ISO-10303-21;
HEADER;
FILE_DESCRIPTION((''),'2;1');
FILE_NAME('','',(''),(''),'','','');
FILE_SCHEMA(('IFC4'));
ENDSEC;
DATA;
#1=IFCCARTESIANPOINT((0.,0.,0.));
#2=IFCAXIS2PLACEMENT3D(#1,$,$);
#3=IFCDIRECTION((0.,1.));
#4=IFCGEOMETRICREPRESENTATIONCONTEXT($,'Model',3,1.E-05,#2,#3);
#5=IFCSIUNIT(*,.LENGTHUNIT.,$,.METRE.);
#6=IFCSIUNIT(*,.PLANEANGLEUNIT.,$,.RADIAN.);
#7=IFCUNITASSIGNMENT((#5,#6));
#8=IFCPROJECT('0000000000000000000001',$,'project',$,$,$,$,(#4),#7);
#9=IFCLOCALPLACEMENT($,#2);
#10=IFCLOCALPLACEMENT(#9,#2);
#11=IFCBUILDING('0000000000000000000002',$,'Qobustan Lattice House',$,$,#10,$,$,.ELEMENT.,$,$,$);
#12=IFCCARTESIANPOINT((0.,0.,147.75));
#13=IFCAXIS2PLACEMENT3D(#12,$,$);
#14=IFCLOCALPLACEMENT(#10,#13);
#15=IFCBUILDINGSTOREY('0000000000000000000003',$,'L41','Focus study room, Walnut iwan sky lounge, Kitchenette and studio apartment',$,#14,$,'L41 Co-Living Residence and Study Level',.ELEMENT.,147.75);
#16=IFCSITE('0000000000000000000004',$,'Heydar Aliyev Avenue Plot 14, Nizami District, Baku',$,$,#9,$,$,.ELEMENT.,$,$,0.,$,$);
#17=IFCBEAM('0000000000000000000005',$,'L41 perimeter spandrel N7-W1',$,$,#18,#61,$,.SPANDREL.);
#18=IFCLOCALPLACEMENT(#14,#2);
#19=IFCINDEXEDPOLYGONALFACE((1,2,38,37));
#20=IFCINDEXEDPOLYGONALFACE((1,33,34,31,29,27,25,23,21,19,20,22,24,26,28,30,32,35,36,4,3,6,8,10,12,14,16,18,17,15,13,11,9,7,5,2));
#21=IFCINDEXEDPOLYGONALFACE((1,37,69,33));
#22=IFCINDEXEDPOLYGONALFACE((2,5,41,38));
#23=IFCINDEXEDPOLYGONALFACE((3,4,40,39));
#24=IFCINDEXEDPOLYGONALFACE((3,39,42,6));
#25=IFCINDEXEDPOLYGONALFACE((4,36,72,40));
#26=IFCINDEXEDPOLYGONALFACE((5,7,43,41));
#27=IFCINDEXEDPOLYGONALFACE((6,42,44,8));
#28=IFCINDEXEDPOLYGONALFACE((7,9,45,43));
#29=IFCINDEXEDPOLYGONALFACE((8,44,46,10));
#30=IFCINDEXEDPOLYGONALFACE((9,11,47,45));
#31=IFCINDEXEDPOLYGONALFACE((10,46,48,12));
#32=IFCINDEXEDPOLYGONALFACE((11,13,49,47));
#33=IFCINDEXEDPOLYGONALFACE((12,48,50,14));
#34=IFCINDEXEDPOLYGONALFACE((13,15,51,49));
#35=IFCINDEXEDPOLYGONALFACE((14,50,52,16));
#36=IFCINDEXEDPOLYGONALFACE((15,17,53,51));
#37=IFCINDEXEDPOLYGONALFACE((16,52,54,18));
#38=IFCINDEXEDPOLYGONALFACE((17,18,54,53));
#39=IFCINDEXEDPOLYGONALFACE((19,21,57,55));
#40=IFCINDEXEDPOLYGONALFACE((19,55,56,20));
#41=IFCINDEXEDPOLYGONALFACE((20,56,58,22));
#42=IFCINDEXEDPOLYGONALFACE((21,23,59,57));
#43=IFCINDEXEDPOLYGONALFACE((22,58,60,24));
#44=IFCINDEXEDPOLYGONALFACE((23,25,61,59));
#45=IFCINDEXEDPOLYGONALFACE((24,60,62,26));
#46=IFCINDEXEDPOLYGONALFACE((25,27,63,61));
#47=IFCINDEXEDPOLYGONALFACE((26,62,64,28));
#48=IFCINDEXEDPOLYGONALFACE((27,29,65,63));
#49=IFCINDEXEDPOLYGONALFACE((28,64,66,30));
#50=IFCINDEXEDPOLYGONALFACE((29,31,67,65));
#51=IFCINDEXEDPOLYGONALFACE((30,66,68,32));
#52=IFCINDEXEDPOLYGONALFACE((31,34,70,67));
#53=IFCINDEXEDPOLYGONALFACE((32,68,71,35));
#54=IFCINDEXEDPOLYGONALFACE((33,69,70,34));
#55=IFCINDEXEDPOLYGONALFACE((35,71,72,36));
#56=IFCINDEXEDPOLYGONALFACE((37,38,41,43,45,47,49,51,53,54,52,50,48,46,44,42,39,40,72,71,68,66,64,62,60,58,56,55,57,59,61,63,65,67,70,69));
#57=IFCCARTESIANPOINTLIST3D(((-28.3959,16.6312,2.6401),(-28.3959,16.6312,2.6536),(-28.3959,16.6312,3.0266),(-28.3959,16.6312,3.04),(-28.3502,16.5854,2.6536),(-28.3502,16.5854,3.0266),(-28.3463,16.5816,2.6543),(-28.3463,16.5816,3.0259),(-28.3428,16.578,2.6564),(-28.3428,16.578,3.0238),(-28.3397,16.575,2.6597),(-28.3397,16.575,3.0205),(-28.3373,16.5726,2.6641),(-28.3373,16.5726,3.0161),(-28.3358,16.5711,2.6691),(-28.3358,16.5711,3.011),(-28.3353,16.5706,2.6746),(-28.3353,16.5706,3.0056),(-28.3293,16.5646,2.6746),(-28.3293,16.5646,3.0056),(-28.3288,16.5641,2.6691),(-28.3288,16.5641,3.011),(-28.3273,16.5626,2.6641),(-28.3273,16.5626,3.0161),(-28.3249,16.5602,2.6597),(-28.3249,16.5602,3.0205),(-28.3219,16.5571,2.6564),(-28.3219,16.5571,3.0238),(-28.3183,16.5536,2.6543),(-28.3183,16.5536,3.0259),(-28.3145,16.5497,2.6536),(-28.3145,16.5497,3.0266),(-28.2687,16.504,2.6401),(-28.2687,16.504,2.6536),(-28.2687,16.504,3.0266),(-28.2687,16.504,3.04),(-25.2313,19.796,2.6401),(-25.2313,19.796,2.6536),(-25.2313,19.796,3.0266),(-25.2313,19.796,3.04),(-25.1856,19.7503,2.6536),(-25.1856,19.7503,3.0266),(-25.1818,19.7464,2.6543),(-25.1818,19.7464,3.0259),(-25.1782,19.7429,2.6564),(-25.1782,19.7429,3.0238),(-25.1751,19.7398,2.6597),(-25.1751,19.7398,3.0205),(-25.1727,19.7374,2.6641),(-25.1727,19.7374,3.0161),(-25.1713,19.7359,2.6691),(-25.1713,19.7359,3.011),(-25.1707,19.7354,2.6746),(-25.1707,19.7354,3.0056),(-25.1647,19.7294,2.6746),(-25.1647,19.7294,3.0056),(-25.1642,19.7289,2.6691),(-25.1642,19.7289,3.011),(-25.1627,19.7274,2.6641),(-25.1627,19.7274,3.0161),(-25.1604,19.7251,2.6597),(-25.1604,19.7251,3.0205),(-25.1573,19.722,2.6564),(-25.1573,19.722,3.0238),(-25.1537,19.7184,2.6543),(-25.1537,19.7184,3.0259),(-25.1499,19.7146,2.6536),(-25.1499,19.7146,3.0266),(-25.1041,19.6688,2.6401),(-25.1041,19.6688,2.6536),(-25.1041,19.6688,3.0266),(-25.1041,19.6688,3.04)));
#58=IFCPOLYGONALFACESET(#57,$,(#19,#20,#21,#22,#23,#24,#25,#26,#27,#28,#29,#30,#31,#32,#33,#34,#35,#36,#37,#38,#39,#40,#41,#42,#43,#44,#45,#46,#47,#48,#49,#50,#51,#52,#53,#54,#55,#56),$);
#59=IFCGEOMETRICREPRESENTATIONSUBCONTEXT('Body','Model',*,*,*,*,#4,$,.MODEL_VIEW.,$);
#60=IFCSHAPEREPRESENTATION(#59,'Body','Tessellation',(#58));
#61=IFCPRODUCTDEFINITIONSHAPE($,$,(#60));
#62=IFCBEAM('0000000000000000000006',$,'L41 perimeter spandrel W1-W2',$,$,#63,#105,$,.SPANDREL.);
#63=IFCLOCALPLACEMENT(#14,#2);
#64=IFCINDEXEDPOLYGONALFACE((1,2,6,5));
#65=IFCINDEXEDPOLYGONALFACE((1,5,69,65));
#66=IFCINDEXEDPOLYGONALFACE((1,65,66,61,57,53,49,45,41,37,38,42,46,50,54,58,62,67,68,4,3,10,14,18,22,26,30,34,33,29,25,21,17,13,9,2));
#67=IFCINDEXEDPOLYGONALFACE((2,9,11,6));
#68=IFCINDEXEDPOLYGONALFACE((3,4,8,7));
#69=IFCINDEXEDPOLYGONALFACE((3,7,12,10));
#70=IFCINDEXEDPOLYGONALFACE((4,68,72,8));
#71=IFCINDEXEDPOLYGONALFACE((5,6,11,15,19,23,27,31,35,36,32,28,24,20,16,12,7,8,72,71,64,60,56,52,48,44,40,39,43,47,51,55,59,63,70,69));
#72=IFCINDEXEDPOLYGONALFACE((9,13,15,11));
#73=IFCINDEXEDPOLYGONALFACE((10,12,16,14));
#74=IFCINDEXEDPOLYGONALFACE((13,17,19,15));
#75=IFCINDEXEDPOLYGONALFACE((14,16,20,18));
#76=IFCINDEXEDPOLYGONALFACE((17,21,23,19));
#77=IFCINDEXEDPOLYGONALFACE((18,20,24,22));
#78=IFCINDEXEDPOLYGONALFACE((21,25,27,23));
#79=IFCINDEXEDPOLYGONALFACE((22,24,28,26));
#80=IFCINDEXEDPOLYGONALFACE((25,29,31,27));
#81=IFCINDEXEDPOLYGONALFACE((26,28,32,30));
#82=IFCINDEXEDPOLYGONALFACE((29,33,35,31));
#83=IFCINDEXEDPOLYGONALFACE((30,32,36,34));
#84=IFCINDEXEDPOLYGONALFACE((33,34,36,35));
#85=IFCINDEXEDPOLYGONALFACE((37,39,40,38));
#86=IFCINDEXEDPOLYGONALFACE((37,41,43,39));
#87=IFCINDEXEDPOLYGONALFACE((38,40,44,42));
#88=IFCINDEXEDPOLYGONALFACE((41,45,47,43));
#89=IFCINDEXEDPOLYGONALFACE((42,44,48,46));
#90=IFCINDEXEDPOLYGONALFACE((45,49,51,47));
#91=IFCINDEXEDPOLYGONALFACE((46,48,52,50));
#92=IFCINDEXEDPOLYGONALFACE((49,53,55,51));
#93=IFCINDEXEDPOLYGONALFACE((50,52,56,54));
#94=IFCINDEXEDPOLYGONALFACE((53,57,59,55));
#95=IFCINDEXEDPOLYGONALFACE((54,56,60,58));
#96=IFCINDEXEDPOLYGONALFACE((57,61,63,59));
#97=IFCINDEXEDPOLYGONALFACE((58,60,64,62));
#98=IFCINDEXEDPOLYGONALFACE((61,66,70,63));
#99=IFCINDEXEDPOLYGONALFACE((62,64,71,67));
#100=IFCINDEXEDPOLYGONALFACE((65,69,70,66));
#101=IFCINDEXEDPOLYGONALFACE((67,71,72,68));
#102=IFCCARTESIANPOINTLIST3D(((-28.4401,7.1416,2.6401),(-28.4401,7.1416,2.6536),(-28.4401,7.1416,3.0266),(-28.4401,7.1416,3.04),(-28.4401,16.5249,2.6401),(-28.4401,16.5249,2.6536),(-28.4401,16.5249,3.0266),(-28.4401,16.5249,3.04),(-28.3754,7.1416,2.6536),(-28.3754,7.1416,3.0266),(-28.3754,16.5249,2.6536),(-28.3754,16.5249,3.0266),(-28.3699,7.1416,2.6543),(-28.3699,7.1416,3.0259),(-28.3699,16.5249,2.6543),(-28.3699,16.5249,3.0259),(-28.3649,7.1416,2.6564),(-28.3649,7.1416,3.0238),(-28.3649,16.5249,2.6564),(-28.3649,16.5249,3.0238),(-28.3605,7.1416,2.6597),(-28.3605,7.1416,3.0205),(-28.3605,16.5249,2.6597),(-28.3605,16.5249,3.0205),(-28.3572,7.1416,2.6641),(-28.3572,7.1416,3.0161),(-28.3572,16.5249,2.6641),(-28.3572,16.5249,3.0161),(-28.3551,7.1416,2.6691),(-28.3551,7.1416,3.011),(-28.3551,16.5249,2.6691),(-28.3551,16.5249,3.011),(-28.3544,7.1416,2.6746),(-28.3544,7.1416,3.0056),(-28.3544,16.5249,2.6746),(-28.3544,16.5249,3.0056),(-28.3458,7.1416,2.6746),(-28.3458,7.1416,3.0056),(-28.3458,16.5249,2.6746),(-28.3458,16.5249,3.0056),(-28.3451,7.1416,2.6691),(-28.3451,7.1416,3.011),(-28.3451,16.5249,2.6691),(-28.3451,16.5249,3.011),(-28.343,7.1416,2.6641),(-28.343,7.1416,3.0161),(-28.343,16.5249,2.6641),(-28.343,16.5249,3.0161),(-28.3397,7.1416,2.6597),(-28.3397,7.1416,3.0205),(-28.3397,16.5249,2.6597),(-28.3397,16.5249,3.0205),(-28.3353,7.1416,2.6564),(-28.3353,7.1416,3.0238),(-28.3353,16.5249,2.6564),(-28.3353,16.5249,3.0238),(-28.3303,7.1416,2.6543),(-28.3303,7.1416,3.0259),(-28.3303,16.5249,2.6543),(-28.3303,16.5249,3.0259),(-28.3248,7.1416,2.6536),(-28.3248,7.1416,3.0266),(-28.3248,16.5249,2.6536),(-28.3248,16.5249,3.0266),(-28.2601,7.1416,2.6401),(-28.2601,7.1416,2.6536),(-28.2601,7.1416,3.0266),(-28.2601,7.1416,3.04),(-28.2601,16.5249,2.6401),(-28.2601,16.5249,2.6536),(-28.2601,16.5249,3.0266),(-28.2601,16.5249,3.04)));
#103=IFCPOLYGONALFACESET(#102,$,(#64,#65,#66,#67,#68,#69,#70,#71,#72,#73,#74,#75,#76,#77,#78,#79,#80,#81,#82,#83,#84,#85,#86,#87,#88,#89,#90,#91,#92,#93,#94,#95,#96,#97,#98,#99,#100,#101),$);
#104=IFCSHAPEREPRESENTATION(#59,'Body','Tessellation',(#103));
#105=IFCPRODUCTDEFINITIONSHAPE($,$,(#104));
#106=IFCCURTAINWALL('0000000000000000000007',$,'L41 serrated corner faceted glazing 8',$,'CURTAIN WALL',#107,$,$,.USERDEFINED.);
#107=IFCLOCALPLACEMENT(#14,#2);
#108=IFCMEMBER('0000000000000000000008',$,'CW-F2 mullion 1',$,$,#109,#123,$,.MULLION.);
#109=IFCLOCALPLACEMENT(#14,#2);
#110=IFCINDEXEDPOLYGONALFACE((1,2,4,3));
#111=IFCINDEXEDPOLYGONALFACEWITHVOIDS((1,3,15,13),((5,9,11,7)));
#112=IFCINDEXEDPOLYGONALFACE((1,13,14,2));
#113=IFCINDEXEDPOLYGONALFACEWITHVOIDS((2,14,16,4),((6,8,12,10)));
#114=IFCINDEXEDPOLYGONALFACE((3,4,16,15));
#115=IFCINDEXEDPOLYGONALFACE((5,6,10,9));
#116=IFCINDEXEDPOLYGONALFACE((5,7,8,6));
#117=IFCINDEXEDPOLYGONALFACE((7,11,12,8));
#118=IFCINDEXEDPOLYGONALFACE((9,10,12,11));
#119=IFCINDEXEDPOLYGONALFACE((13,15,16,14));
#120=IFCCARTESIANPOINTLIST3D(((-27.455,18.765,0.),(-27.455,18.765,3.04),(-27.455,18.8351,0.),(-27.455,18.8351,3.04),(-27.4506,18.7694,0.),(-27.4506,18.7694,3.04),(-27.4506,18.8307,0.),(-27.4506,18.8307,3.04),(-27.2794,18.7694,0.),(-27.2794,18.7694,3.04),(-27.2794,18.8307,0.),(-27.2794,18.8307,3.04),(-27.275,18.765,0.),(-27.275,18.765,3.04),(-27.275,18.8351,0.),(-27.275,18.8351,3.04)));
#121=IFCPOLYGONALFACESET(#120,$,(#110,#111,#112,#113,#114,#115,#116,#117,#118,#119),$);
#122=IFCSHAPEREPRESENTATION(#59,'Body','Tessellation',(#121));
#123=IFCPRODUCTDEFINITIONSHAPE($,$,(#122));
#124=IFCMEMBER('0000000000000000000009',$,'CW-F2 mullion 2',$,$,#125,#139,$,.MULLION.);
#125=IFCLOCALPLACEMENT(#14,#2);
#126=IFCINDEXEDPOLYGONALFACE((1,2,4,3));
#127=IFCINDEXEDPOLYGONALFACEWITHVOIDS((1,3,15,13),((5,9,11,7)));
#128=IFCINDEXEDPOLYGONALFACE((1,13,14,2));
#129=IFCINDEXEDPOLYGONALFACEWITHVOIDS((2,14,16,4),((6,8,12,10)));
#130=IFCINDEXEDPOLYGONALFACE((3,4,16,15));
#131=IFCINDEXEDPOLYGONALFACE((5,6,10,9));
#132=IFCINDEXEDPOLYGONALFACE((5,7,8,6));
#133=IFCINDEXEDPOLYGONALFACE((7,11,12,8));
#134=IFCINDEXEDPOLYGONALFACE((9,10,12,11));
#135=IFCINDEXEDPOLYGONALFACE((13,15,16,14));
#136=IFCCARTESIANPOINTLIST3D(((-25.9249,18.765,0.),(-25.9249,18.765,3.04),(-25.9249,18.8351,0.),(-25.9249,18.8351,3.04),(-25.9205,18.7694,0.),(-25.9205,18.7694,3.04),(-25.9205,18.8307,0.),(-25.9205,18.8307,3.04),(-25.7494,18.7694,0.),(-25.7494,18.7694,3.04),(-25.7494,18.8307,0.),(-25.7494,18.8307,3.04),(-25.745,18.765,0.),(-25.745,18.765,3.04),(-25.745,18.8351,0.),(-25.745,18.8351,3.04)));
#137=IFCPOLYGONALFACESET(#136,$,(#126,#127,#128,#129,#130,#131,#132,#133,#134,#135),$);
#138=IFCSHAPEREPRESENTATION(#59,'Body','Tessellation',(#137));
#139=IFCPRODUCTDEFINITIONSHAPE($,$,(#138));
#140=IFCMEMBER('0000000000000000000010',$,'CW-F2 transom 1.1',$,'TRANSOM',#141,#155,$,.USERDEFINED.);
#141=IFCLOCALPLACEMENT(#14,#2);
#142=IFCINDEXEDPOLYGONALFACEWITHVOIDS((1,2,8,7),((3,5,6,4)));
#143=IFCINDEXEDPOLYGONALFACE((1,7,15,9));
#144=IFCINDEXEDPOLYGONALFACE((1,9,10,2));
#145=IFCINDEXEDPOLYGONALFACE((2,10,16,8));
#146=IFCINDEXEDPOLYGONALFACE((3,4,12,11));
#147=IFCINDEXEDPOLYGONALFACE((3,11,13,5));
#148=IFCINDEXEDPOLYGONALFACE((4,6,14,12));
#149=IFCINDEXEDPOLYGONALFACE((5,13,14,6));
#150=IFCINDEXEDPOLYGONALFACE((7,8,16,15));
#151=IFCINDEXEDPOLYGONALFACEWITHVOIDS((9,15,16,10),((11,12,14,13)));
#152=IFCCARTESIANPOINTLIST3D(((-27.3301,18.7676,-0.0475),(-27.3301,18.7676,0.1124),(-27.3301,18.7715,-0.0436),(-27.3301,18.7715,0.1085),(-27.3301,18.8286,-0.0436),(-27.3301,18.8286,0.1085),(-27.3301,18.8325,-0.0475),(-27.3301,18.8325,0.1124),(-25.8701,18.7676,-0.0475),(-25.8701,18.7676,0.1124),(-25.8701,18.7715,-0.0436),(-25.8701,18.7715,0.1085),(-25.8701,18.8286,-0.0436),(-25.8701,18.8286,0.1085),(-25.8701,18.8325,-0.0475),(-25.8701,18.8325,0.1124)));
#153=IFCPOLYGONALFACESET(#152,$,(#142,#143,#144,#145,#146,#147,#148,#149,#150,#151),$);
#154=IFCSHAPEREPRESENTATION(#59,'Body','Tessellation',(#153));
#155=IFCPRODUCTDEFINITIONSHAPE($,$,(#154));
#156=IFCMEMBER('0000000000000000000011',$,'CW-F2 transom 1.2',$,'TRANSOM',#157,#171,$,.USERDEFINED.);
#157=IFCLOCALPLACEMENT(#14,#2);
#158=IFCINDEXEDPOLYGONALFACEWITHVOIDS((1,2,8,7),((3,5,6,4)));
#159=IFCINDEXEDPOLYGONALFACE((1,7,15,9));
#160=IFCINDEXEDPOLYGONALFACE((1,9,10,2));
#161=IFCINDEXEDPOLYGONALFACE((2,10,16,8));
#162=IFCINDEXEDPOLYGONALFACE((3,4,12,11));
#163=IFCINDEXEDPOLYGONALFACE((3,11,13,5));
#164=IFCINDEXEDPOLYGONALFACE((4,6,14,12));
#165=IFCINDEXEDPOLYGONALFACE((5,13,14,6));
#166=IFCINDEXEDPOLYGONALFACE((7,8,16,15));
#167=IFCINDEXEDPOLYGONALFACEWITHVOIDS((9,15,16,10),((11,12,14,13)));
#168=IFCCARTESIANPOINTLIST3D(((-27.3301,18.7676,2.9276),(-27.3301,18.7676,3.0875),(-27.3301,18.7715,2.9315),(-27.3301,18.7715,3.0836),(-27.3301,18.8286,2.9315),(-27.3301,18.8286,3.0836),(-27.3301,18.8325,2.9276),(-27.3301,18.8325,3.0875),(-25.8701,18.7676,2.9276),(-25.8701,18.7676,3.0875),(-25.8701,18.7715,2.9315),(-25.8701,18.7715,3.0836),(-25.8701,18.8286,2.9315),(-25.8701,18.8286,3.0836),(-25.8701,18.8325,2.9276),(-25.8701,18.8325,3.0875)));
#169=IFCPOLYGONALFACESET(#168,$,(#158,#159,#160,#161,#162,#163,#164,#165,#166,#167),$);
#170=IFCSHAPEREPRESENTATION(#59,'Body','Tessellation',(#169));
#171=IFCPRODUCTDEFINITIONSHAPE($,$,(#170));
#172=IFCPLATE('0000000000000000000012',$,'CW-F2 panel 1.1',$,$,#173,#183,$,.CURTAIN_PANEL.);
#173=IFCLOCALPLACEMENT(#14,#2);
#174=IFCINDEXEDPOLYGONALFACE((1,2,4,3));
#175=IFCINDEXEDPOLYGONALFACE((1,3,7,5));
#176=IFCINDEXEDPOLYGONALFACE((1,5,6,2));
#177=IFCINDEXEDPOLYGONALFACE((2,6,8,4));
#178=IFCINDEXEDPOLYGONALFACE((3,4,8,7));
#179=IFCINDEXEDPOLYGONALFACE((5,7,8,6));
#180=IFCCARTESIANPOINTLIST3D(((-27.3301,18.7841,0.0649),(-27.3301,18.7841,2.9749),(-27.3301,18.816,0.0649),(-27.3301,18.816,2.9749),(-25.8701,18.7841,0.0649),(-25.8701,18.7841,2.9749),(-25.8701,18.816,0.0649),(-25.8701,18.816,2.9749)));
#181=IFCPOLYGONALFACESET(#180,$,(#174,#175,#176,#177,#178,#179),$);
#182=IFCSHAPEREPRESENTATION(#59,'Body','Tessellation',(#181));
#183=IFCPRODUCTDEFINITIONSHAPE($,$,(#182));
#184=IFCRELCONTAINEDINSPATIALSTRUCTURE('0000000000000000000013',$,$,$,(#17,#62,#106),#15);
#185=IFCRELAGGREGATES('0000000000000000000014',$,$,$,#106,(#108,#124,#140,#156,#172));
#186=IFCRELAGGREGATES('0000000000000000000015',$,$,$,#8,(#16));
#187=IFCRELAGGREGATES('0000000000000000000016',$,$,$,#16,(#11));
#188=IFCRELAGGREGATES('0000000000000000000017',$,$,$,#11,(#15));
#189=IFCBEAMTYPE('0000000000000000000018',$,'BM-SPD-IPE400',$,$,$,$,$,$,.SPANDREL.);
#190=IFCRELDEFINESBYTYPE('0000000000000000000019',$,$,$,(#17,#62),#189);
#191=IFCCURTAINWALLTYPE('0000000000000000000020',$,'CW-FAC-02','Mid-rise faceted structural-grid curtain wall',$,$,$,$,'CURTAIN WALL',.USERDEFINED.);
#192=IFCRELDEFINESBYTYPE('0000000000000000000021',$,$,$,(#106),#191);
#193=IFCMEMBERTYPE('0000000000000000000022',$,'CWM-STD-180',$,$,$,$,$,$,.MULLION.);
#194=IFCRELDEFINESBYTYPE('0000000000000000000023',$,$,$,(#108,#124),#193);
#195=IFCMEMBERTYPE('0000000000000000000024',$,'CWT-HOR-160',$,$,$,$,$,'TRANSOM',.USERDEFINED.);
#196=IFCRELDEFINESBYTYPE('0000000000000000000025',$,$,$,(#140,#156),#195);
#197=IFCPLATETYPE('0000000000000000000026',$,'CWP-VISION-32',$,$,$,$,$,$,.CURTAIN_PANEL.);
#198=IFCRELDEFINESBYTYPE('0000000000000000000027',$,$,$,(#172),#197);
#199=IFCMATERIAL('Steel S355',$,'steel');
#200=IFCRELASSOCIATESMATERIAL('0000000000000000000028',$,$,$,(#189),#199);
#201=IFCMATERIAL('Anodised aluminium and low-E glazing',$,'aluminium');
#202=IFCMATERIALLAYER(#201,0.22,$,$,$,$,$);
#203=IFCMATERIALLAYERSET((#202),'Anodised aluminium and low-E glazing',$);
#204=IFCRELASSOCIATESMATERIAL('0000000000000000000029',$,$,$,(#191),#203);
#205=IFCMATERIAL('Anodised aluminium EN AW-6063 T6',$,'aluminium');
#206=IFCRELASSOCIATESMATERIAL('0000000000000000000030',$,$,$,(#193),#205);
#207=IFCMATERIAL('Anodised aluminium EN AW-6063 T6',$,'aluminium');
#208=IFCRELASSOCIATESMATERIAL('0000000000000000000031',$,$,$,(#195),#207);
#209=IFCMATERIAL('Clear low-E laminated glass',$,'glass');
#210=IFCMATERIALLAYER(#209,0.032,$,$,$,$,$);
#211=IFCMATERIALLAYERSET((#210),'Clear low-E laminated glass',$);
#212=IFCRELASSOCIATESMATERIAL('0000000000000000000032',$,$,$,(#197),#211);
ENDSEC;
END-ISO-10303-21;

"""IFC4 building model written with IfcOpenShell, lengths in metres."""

from ifc_helpers import new_model, si_unit, direction, frame, origin, origin_2d, place, context, subcontext, project, spatial, rectangle, hollow_rectangle, i_section, extrude, material, layer, layer_set, material_profile, profile_set, type_object, element, aggregate, save


model = new_model("IFC4")

# Units and contexts
model_context = context("Model", 3, precision=1e-05, world=origin(), true_north=direction((0.0, 1.0)))
body_context = subcontext(model_context, "Body", "Model", "MODEL_VIEW")
ifc_project = project(units=[si_unit("LENGTHUNIT", "METRE"), si_unit("PLANEANGLEUNIT", "RADIAN")], contexts=[model_context])

# Site, building, storey
site_placement = place(None, origin())
site = spatial("IfcSite", under=ifc_project, at=site_placement, Name="Heydar Aliyev Avenue Plot 14, Nizami District, Baku", CompositionType="ELEMENT", RefElevation=0.0)
building_placement = place(site_placement, origin())
building = spatial("IfcBuilding", under=site, at=building_placement, Name="Qobustan Lattice House", CompositionType="ELEMENT")
storey_placement = place(building_placement, frame((0.0, 0.0, 147.75)))
storey = spatial("IfcBuildingStorey", under=building, at=storey_placement, Name="L41", Description="Focus study room, Walnut iwan sky lounge, Kitchenette and studio apartment", LongName="L41 Co-Living Residence and Study Level", CompositionType="ELEMENT", Elevation=147.75)

# Beams
ifc_material_1 = material(Name="Steel S355", Category="steel")
ifc_material_profile_1 = material_profile(ifc_material_1, i_section(OverallWidth=0.1799, OverallDepth=0.3999, WebThickness=0.0085, FlangeThickness=0.0134, FilletRadius=0.021, at=origin_2d()), Name="IPE400")
ifc_profile_set_1 = profile_set([ifc_material_profile_1], Name="Steel S355")
beam_type_1 = type_object("IfcBeamType", Name="BM-SPD-IPE400", PredefinedType="SPANDREL", material=ifc_profile_set_1)
beam_1_placement = place(storey_placement, frame((-25.1677, 19.7324, 2.8401), z_axis=(-0.70708, -0.707134, 0.0), x_axis=(0.707134, -0.70708, 0.0)))
element("IfcBeam", 1, at=beam_1_placement, inside=storey, type_object=beam_type_1, Name="L41 perimeter spandrel N7-W1", PredefinedType="SPANDREL", context=body_context, shape_type="SweptSolid", body=[
    extrude(i_section(OverallWidth=0.1799, OverallDepth=0.3999, WebThickness=0.0085, FlangeThickness=0.0134, FilletRadius=0.021, at=origin_2d()), origin(), (0.0, 0.0, 1.0), 4.4756),
])
beam_2_placement = place(storey_placement, frame((-28.3501, 16.5249, 2.8401), z_axis=(0.0, -1.0, 0.0), x_axis=(1.0, 0.0, 0.0)))
element("IfcBeam", 2, at=beam_2_placement, inside=storey, type_object=beam_type_1, Name="L41 perimeter spandrel W1-W2", PredefinedType="SPANDREL", context=body_context, shape_type="SweptSolid", body=[
    extrude(i_section(OverallWidth=0.1799, OverallDepth=0.3999, WebThickness=0.0085, FlangeThickness=0.0134, FilletRadius=0.021, at=origin_2d()), origin(), (0.0, 0.0, 1.0), 9.3833),
])

# Curtain wall, members, plate
ifc_material_2 = material(Name="Anodised aluminium and low-E glazing", Category="aluminium")
ifc_layer_1 = layer(ifc_material_2, 0.22)
ifc_layer_set_1 = layer_set([ifc_layer_1], Name="Anodised aluminium and low-E glazing")
curtain_wall_type = type_object("IfcCurtainWallType", Name="CW-FAC-02", Description="Mid-rise faceted structural-grid curtain wall", ElementType="CURTAIN WALL", PredefinedType="USERDEFINED", material=ifc_layer_set_1)
curtain_wall_placement = place(storey_placement, origin())
curtain_wall = element("IfcCurtainWall", 3, at=curtain_wall_placement, inside=storey, type_object=curtain_wall_type, Name="L41 serrated corner faceted glazing 8", ObjectType="CURTAIN WALL", PredefinedType="USERDEFINED")
ifc_material_3 = material(Name="Anodised aluminium EN AW-6063 T6", Category="aluminium")
ifc_material_profile_2 = material_profile(ifc_material_3, hollow_rectangle(XDim=0.0701, YDim=0.1799, WallThickness=0.0044, at=origin_2d()), Name="CWM-180x70")
ifc_profile_set_2 = profile_set([ifc_material_profile_2], Name="Anodised aluminium EN AW-6063 T6")
member_type_1 = type_object("IfcMemberType", Name="CWM-STD-180", PredefinedType="MULLION", material=ifc_profile_set_2)
member_1_placement = place(storey_placement, frame((-27.365, 18.8, 0.0), z_axis=(0.0, 0.0, 1.0), x_axis=(0.0, 1.0, 0.0)))
member_1 = element("IfcMember", 4, at=member_1_placement, type_object=member_type_1, Name="CW-F2 mullion 1", PredefinedType="MULLION", context=body_context, shape_type="SweptSolid", body=[
    extrude(hollow_rectangle(XDim=0.0701, YDim=0.1799, WallThickness=0.0044, at=origin_2d()), origin(), (0.0, 0.0, 1.0), 3.04),
])
member_2_placement = place(storey_placement, frame((-25.835, 18.8, 0.0), z_axis=(0.0, 0.0, 1.0), x_axis=(0.0, 1.0, 0.0)))
member_2 = element("IfcMember", 5, at=member_2_placement, type_object=member_type_1, Name="CW-F2 mullion 2", PredefinedType="MULLION", context=body_context, shape_type="SweptSolid", body=[
    extrude(hollow_rectangle(XDim=0.0701, YDim=0.1799, WallThickness=0.0044, at=origin_2d()), origin(), (0.0, 0.0, 1.0), 3.04),
])
ifc_material_4 = material(Name="Anodised aluminium EN AW-6063 T6", Category="aluminium")
ifc_material_profile_3 = material_profile(ifc_material_4, hollow_rectangle(XDim=0.0649, YDim=0.1599, WallThickness=0.0039, at=origin_2d()), Name="CWT-160x65")
ifc_profile_set_3 = profile_set([ifc_material_profile_3], Name="Anodised aluminium EN AW-6063 T6")
member_type_2 = type_object("IfcMemberType", Name="CWT-HOR-160", ElementType="TRANSOM", PredefinedType="USERDEFINED", material=ifc_profile_set_3)
member_3_placement = place(storey_placement, frame((-27.3301, 18.8, 0.0325), z_axis=(1.0, 0.0, 0.0), x_axis=(0.0, 1.0, 0.0)))
member_3 = element("IfcMember", 6, at=member_3_placement, type_object=member_type_2, Name="CW-F2 transom 1.1", ObjectType="TRANSOM", PredefinedType="USERDEFINED", context=body_context, shape_type="SweptSolid", body=[
    extrude(hollow_rectangle(XDim=0.0649, YDim=0.1599, WallThickness=0.0039, at=origin_2d()), origin(), (0.0, 0.0, 1.0), 1.46),
])
member_4_placement = place(storey_placement, frame((-27.3301, 18.8, 3.0076), z_axis=(1.0, 0.0, 0.0), x_axis=(0.0, 1.0, 0.0)))
member_4 = element("IfcMember", 7, at=member_4_placement, type_object=member_type_2, Name="CW-F2 transom 1.2", ObjectType="TRANSOM", PredefinedType="USERDEFINED", context=body_context, shape_type="SweptSolid", body=[
    extrude(hollow_rectangle(XDim=0.0649, YDim=0.1599, WallThickness=0.0039, at=origin_2d()), origin(), (0.0, 0.0, 1.0), 1.46),
])
ifc_material_5 = material(Name="Clear low-E laminated glass", Category="glass")
ifc_layer_2 = layer(ifc_material_5, 0.032)
ifc_layer_set_2 = layer_set([ifc_layer_2], Name="Clear low-E laminated glass")
plate_type_1 = type_object("IfcPlateType", Name="CWP-VISION-32", PredefinedType="CURTAIN_PANEL", material=ifc_layer_set_2)
plate_1_placement = place(storey_placement, frame((-26.6001, 18.8, 0.0649), z_axis=(0.0, 0.0, 1.0), x_axis=(1.0, 0.0, 0.0)))
plate_1 = element("IfcPlate", 8, at=plate_1_placement, type_object=plate_type_1, Name="CW-F2 panel 1.1", PredefinedType="CURTAIN_PANEL", context=body_context, shape_type="SweptSolid", body=[
    extrude(rectangle(XDim=1.46, YDim=0.032, at=origin_2d()), origin(), (0.0, 0.0, 1.0), 2.9099),
])
aggregate(curtain_wall, [member_1, member_2, member_3, member_4, plate_1])

save(model, "model.ifc")
